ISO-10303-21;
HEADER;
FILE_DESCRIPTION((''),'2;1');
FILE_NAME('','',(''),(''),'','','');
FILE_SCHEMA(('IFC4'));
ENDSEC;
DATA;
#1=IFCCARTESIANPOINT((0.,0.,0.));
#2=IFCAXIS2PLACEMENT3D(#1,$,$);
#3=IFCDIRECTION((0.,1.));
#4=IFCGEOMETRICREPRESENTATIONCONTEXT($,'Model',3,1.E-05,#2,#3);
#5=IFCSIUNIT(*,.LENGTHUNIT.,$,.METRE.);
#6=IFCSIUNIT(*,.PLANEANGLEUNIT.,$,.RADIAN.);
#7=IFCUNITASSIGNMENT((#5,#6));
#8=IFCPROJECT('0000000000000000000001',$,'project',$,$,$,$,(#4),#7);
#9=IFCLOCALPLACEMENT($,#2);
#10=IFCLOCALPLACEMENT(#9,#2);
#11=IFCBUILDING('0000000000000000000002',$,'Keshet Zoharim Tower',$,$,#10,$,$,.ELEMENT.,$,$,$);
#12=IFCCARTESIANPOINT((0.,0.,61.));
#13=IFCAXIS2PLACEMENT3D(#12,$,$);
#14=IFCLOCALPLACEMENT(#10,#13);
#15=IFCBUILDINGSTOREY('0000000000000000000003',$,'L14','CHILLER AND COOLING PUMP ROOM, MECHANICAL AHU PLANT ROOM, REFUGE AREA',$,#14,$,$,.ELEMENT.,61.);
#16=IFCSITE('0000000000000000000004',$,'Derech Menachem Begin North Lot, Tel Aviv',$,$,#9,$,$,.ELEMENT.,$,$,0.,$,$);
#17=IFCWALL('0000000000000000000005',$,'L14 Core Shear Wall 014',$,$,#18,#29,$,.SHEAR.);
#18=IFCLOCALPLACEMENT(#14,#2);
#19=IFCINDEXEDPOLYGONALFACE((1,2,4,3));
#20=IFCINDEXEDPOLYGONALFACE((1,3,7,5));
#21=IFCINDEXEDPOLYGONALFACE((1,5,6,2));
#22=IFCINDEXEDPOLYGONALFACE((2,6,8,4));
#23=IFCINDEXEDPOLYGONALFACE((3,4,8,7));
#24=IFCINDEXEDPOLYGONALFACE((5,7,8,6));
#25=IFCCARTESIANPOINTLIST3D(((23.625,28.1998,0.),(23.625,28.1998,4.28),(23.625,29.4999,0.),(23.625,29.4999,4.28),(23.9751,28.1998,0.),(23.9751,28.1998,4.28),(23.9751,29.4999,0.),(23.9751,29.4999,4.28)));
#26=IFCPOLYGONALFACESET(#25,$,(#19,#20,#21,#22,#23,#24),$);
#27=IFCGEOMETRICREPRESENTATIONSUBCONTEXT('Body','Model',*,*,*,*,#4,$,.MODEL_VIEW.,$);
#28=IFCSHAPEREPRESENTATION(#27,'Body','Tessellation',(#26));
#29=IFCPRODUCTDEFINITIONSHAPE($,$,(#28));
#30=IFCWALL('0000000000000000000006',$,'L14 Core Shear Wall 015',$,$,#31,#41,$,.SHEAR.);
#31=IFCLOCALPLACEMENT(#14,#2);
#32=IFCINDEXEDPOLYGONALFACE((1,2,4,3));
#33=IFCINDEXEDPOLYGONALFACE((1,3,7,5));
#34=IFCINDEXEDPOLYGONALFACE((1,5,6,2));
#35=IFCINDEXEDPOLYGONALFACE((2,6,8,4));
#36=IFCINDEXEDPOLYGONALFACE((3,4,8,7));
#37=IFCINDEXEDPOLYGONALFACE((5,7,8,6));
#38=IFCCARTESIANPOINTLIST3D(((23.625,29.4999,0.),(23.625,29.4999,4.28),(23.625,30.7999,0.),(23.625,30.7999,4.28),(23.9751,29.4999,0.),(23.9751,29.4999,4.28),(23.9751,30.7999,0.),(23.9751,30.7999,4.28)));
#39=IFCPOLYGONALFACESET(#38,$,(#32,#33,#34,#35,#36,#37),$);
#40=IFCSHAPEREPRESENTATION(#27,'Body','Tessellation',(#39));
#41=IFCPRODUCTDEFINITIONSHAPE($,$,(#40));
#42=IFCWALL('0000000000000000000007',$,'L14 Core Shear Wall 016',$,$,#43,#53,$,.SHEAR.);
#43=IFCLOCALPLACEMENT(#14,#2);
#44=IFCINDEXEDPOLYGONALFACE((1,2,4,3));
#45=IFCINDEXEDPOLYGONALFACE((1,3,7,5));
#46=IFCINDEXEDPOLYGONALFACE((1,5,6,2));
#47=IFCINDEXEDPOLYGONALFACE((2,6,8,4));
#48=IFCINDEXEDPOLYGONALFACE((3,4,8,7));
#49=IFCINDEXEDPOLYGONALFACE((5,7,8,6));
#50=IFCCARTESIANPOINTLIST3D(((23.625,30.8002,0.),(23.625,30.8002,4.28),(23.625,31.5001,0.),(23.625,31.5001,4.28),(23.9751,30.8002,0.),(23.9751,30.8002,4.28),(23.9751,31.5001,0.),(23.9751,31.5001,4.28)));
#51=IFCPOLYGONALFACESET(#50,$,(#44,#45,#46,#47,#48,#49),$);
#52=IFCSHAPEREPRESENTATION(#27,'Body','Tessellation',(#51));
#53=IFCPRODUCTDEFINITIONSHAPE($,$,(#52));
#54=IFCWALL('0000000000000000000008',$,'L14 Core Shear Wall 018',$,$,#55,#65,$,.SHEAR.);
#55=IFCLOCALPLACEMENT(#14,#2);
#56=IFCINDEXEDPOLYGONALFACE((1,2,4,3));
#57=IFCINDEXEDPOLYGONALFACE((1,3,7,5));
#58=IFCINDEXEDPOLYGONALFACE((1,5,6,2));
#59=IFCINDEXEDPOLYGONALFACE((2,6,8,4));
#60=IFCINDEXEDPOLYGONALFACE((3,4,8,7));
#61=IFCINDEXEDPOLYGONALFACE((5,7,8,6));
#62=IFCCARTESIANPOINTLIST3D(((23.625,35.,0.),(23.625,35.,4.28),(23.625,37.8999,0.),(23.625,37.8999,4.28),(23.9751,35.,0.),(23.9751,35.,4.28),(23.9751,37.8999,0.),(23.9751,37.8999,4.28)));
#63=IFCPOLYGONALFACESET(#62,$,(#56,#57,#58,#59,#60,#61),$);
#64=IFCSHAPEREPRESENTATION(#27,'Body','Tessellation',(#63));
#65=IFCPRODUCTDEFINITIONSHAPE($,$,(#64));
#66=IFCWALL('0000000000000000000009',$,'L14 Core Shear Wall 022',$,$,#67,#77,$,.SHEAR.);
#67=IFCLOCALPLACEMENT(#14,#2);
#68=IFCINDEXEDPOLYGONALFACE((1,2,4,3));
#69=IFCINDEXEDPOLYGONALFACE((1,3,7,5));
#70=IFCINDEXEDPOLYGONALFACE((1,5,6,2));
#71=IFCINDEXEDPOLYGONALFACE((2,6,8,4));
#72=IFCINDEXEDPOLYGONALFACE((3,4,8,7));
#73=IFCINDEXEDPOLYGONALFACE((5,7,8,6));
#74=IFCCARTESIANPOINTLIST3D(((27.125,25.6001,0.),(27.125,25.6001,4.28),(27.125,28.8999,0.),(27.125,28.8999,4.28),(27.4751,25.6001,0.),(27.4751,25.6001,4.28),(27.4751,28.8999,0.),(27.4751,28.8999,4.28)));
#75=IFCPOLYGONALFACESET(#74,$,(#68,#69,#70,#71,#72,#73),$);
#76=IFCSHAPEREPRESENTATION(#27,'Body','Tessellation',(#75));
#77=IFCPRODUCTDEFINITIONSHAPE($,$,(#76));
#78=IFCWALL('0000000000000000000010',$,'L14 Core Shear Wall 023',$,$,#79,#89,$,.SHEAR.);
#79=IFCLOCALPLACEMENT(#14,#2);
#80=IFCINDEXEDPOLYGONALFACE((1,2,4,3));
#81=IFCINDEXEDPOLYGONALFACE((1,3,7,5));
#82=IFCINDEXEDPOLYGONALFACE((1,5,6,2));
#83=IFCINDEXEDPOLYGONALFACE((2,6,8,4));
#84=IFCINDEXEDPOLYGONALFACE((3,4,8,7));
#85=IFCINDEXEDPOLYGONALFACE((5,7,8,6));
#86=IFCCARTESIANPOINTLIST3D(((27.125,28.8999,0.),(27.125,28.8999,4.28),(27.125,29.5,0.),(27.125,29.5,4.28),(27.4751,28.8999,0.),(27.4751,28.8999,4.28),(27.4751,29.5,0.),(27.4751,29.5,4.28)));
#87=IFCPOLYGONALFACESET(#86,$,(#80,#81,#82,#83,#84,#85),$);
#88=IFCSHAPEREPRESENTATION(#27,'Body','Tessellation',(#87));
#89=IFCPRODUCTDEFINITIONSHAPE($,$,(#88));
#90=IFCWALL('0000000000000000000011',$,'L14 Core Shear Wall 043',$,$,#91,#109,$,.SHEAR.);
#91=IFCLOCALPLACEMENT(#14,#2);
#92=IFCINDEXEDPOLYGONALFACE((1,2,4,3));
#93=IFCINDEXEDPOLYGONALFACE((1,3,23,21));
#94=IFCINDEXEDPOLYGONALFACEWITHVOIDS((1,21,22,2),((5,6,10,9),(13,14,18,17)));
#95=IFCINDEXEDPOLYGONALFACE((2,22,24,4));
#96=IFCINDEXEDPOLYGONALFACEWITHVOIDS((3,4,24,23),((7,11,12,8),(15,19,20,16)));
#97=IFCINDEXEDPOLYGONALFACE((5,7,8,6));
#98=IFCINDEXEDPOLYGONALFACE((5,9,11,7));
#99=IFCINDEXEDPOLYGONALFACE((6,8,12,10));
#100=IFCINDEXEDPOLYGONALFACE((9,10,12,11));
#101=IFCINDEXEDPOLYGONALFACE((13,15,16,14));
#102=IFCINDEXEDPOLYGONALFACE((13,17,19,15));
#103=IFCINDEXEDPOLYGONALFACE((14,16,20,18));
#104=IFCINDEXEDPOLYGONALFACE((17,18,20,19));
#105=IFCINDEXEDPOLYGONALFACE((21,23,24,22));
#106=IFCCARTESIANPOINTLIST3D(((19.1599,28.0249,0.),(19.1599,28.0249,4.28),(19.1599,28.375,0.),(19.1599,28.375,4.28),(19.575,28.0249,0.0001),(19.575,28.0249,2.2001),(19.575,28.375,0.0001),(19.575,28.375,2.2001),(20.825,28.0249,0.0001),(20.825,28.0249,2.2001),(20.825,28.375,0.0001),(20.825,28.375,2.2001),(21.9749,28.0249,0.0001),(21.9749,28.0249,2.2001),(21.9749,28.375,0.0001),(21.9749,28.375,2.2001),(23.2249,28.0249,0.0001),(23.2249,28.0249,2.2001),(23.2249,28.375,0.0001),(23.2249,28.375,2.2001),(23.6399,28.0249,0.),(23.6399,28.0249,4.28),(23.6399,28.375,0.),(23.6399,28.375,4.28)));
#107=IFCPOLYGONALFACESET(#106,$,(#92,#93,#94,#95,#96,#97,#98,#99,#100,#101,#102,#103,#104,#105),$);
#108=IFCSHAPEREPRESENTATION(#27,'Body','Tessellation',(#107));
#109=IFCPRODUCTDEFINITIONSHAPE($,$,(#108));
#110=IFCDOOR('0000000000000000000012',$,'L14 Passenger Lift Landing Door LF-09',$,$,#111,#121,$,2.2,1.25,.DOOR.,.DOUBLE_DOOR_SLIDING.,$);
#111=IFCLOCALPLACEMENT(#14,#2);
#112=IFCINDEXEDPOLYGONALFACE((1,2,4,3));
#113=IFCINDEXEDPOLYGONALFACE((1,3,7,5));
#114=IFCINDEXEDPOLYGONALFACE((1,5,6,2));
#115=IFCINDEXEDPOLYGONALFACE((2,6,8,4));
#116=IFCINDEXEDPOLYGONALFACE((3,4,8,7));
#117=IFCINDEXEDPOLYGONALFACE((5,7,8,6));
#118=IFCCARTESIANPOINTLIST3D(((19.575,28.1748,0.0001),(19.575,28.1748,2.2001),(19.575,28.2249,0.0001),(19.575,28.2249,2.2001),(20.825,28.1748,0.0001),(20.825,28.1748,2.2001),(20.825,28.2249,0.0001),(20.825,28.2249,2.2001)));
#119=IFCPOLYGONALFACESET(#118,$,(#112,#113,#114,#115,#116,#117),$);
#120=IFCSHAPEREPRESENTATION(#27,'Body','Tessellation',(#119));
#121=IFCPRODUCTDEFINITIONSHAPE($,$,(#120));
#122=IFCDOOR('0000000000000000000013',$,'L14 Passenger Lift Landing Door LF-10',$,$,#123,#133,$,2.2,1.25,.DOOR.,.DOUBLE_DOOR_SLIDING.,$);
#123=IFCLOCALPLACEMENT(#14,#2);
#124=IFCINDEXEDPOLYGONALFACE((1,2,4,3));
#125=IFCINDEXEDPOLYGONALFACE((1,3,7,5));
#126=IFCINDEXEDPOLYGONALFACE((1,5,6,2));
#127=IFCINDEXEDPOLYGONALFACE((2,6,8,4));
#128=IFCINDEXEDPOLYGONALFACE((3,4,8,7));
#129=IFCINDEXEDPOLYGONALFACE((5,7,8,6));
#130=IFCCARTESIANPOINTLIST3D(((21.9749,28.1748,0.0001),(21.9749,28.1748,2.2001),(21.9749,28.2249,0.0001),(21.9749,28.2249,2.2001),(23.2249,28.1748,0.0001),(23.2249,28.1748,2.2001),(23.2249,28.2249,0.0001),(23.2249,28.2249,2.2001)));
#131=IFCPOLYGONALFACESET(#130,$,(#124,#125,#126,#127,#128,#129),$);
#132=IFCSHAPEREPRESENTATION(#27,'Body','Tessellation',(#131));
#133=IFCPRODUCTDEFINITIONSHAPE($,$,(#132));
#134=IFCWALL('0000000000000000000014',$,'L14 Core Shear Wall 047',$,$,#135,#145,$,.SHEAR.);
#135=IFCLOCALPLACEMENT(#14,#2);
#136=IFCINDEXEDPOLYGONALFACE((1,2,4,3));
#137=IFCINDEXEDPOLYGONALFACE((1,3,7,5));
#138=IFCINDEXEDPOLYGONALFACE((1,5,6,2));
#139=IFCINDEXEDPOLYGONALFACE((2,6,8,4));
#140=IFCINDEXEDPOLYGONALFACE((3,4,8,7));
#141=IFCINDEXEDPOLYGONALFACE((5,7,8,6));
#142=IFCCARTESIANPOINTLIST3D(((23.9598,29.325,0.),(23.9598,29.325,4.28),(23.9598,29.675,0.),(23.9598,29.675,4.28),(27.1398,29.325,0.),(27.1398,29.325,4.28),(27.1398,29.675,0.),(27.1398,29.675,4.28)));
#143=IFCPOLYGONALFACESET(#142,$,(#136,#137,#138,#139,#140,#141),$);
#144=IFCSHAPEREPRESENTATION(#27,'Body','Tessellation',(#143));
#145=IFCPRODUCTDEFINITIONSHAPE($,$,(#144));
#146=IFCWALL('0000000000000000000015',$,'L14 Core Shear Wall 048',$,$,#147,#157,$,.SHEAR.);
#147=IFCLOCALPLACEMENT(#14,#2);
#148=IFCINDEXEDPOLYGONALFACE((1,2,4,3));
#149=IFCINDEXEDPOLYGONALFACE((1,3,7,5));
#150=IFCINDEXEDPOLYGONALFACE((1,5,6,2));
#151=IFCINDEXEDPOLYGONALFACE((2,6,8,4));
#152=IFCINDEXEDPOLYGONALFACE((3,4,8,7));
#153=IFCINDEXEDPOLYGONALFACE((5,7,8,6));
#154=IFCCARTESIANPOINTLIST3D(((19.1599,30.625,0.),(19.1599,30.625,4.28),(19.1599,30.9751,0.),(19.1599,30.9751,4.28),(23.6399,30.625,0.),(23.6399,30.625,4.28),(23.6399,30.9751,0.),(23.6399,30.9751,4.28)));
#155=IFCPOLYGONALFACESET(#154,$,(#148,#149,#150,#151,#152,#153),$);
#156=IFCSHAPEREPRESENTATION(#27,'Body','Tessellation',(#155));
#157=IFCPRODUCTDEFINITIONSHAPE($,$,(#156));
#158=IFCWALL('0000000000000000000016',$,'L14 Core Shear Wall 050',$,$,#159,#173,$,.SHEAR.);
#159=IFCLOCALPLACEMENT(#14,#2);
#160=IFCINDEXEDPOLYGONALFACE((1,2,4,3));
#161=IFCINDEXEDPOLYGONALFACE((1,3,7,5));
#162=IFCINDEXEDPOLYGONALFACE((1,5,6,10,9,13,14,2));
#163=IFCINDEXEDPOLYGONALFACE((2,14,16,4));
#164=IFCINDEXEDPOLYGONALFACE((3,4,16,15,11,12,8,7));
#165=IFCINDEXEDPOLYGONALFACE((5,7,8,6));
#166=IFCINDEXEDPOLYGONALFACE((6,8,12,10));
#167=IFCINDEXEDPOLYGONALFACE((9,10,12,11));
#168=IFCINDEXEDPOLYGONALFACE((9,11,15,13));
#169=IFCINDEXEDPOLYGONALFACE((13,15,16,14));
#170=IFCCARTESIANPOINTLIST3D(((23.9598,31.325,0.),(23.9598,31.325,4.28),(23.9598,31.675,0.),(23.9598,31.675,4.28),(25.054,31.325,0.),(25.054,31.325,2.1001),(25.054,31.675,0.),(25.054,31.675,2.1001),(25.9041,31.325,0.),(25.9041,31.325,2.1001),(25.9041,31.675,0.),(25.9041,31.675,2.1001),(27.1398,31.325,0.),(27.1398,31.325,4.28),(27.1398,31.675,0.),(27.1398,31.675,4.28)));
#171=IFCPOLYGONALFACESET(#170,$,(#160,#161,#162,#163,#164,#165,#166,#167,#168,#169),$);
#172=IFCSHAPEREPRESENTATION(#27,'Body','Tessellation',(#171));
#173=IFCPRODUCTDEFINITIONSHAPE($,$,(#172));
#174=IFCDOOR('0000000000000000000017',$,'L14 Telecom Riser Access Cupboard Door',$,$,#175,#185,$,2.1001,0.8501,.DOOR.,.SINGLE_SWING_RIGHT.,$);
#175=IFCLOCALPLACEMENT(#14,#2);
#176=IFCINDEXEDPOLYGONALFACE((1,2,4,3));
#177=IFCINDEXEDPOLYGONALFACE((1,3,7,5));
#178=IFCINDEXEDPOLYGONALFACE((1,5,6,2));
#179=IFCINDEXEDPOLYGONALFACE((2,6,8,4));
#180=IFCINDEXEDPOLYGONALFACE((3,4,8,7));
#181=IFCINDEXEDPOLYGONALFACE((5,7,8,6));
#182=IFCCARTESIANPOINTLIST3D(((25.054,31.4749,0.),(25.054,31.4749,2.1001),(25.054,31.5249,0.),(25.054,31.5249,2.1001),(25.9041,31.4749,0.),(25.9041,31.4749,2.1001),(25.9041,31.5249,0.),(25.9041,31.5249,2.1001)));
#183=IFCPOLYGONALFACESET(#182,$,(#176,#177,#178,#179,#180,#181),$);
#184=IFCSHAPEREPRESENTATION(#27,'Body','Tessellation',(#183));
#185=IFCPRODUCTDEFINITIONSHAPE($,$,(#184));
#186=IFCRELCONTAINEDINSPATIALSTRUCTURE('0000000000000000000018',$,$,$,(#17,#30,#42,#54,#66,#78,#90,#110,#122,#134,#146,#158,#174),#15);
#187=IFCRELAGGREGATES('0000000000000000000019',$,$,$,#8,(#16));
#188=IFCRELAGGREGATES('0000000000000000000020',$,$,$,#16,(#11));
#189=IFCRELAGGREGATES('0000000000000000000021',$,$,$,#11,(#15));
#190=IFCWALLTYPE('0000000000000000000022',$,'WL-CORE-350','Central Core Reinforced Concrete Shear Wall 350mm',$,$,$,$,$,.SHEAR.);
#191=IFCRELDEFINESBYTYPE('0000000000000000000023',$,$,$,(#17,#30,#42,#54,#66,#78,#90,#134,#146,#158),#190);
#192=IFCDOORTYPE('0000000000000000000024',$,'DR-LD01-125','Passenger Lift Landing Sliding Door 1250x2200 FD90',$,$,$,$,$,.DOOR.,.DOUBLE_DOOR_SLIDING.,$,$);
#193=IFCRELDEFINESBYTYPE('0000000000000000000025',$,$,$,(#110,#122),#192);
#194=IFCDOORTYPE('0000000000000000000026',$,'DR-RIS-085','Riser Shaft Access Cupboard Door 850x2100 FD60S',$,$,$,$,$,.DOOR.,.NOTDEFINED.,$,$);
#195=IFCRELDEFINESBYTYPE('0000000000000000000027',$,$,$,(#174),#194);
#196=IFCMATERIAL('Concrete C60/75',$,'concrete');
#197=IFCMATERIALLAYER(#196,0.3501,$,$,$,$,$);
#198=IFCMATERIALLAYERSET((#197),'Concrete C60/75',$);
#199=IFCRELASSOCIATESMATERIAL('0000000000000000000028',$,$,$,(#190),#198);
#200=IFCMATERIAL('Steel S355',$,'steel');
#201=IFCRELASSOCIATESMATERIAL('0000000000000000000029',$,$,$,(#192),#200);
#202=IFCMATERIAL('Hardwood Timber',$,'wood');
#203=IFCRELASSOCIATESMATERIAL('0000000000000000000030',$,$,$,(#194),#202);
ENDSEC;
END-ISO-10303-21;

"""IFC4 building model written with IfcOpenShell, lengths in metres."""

from ifc_helpers import new_model, si_unit, direction, frame, frame_2d, origin, place, context, subcontext, project, spatial, rectangle, extrude, material, layer, layer_set, type_object, element, fill, save


model = new_model("IFC4")

# Units and contexts
model_context = context("Model", 3, precision=1e-05, world=origin(), true_north=direction((0.0, 1.0)))
body_context = subcontext(model_context, "Body", "Model", "MODEL_VIEW")
ifc_project = project(units=[si_unit("LENGTHUNIT", "METRE"), si_unit("PLANEANGLEUNIT", "RADIAN")], contexts=[model_context])

# Site, building, storey
site_placement = place(None, origin())
site = spatial("IfcSite", under=ifc_project, at=site_placement, Name="Derech Menachem Begin North Lot, Tel Aviv", CompositionType="ELEMENT", RefElevation=0.0)
building_placement = place(site_placement, origin())
building = spatial("IfcBuilding", under=site, at=building_placement, Name="Keshet Zoharim Tower", CompositionType="ELEMENT")
storey_placement = place(building_placement, frame((0.0, 0.0, 61.0)))
storey = spatial("IfcBuildingStorey", under=building, at=storey_placement, Name="L14", Description="CHILLER AND COOLING PUMP ROOM, MECHANICAL AHU PLANT ROOM, REFUGE AREA", CompositionType="ELEMENT", Elevation=61.0)

# Walls
ifc_material_1 = material(Name="Concrete C60/75", Category="concrete")
ifc_layer_1 = layer(ifc_material_1, 0.3501)
ifc_layer_set_1 = layer_set([ifc_layer_1], Name="Concrete C60/75")
wall_type_1 = type_object("IfcWallType", Name="WL-CORE-350", Description="Central Core Reinforced Concrete Shear Wall 350mm", PredefinedType="SHEAR", material=ifc_layer_set_1)
for number, where, z_axis, x_axis, name in (
    (1, (23.8, 28.2, 0.0), (0.0, 0.0, 1.0), (0.0, 1.0, 0.0), "L14 Core Shear Wall 014"),
    (2, (23.8, 29.5, 0.0), (0.0, 0.0, 1.0), (0.0, 1.0, 0.0), "L14 Core Shear Wall 015"),
):
    element("IfcWall", number, at=place(storey_placement, frame(where, z_axis=z_axis, x_axis=x_axis)), inside=storey, type_object=wall_type_1, Name=name, PredefinedType="SHEAR", context=body_context, shape_type="SweptSolid", body=[
        extrude(rectangle(XDim=1.3, YDim=0.3501, at=frame_2d((0.6499, 0.0))), origin(), (0.0, 0.0, 1.0), 4.28),
    ])
wall_1_placement = place(storey_placement, frame((23.8, 30.8, 0.0), z_axis=(0.0, 0.0, 1.0), x_axis=(0.0, 1.0, 0.0)))
element("IfcWall", 3, at=wall_1_placement, inside=storey, type_object=wall_type_1, Name="L14 Core Shear Wall 016", PredefinedType="SHEAR", context=body_context, shape_type="SweptSolid", body=[
    extrude(rectangle(XDim=0.7, YDim=0.3501, at=frame_2d((0.3501, 0.0))), origin(), (0.0, 0.0, 1.0), 4.28),
])

# Shared definitions
ifc_material_2 = material(Name="Hardwood Timber", Category="wood")

# Walls
wall_2_placement = place(storey_placement, frame((23.8, 35.0, 0.0), z_axis=(0.0, 0.0, 1.0), x_axis=(0.0, 1.0, 0.0)))
element("IfcWall", 4, at=wall_2_placement, inside=storey, type_object=wall_type_1, Name="L14 Core Shear Wall 018", PredefinedType="SHEAR", context=body_context, shape_type="SweptSolid", body=[
    extrude(rectangle(XDim=2.8999, YDim=0.3501, at=frame_2d((1.45, 0.0))), origin(), (0.0, 0.0, 1.0), 4.28),
])
wall_3_placement = place(storey_placement, frame((27.3, 25.6001, 0.0), z_axis=(0.0, 0.0, 1.0), x_axis=(0.0, 1.0, 0.0)))
element("IfcWall", 5, at=wall_3_placement, inside=storey, type_object=wall_type_1, Name="L14 Core Shear Wall 022", PredefinedType="SHEAR", context=body_context, shape_type="SweptSolid", body=[
    extrude(rectangle(XDim=3.2998, YDim=0.3501, at=frame_2d((1.6499, 0.0))), origin(), (0.0, 0.0, 1.0), 4.28),
])
wall_4_placement = place(storey_placement, frame((27.3, 28.8999, 0.0), z_axis=(0.0, 0.0, 1.0), x_axis=(0.0, 1.0, 0.0)))
element("IfcWall", 6, at=wall_4_placement, inside=storey, type_object=wall_type_1, Name="L14 Core Shear Wall 023", PredefinedType="SHEAR", context=body_context, shape_type="SweptSolid", body=[
    extrude(rectangle(XDim=0.6001, YDim=0.3501, at=frame_2d((0.3, 0.0))), origin(), (0.0, 0.0, 1.0), 4.28),
])

# Wall, openings, doors
wall_5_placement = place(storey_placement, frame((19.1599, 28.2, 0.0), z_axis=(0.0, 0.0, 1.0), x_axis=(1.0, 0.0, 0.0)))
wall_5 = element("IfcWall", 7, at=wall_5_placement, inside=storey, type_object=wall_type_1, Name="L14 Core Shear Wall 043", PredefinedType="SHEAR", context=body_context, shape_type="SweptSolid", body=[
    extrude(rectangle(XDim=4.48, YDim=0.3501, at=frame_2d((2.24, 0.0))), origin(), (0.0, 0.0, 1.0), 4.28),
])
opening_1_placement = place(wall_5_placement, frame((0.415, 0.0, 0.0)))
opening_1 = element("IfcOpeningElement", 8, at=opening_1_placement, cuts=wall_5, PredefinedType="OPENING", context=body_context, shape_type="SweptSolid", body=[
    extrude(rectangle(XDim=1.25, YDim=2.2, at=frame_2d((0.625, 1.1001))), frame((0.0, 0.1851, 0.0), z_axis=(0.0, -1.0, 0.0), x_axis=(1.0, 0.0, 0.0)), (0.0, 0.0, 1.0), 0.3701),
])
opening_2_placement = place(wall_5_placement, frame((2.8149, 0.0, 0.0)))
opening_2 = element("IfcOpeningElement", 9, at=opening_2_placement, cuts=wall_5, PredefinedType="OPENING", context=body_context, shape_type="SweptSolid", body=[
    extrude(rectangle(XDim=1.25, YDim=2.2, at=frame_2d((0.625, 1.1001))), frame((0.0, 0.1851, 0.0), z_axis=(0.0, -1.0, 0.0), x_axis=(1.0, 0.0, 0.0)), (0.0, 0.0, 1.0), 0.3701),
])
ifc_material_3 = material(Name="Steel S355", Category="steel")
door_type_1 = type_object("IfcDoorType", Name="DR-LD01-125", Description="Passenger Lift Landing Sliding Door 1250x2200 FD90", OperationType="DOUBLE_DOOR_SLIDING", PredefinedType="DOOR", material=ifc_material_3)
door_1_placement = place(opening_1_placement, origin())
door_1 = element("IfcDoor", 10, at=door_1_placement, inside=storey, type_object=door_type_1, Name="L14 Passenger Lift Landing Door LF-09", OperationType="DOUBLE_DOOR_SLIDING", OverallHeight=2.2, OverallWidth=1.25, PredefinedType="DOOR", context=body_context, shape_type="SweptSolid", body=[
    extrude(rectangle(XDim=1.25, YDim=2.2, at=frame_2d((0.625, 1.1001))), frame((0.0, 0.0249, 0.0), z_axis=(0.0, -1.0, 0.0), x_axis=(1.0, 0.0, 0.0)), (0.0, 0.0, 1.0), 0.05),
])
fill(opening_1, door_1)
door_2_placement = place(opening_2_placement, origin())
door_2 = element("IfcDoor", 11, at=door_2_placement, inside=storey, type_object=door_type_1, Name="L14 Passenger Lift Landing Door LF-10", OperationType="DOUBLE_DOOR_SLIDING", OverallHeight=2.2, OverallWidth=1.25, PredefinedType="DOOR", context=body_context, shape_type="SweptSolid", body=[
    extrude(rectangle(XDim=1.25, YDim=2.2, at=frame_2d((0.625, 1.1001))), frame((0.0, 0.0249, 0.0), z_axis=(0.0, -1.0, 0.0), x_axis=(1.0, 0.0, 0.0)), (0.0, 0.0, 1.0), 0.05),
])
fill(opening_2, door_2)

# Walls
wall_6_placement = place(storey_placement, frame((23.96, 29.5, 0.0), z_axis=(0.0, 0.0, 1.0), x_axis=(1.0, 0.0, 0.0)))
element("IfcWall", 12, at=wall_6_placement, inside=storey, type_object=wall_type_1, Name="L14 Core Shear Wall 047", PredefinedType="SHEAR", context=body_context, shape_type="SweptSolid", body=[
    extrude(rectangle(XDim=3.1799, YDim=0.3501, at=frame_2d((1.5898, 0.0))), origin(), (0.0, 0.0, 1.0), 4.28),
])
wall_7_placement = place(storey_placement, frame((19.1599, 30.8, 0.0), z_axis=(0.0, 0.0, 1.0), x_axis=(1.0, 0.0, 0.0)))
element("IfcWall", 13, at=wall_7_placement, inside=storey, type_object=wall_type_1, Name="L14 Core Shear Wall 048", PredefinedType="SHEAR", context=body_context, shape_type="SweptSolid", body=[
    extrude(rectangle(XDim=4.48, YDim=0.3501, at=frame_2d((2.24, 0.0))), origin(), (0.0, 0.0, 1.0), 4.28),
])

# Wall, opening, door
wall_8_placement = place(storey_placement, frame((23.96, 31.5, 0.0), z_axis=(0.0, 0.0, 1.0), x_axis=(1.0, 0.0, 0.0)))
wall_8 = element("IfcWall", 14, at=wall_8_placement, inside=storey, type_object=wall_type_1, Name="L14 Core Shear Wall 050", PredefinedType="SHEAR", context=body_context, shape_type="SweptSolid", body=[
    extrude(rectangle(XDim=3.1799, YDim=0.3501, at=frame_2d((1.5898, 0.0))), origin(), (0.0, 0.0, 1.0), 4.28),
])
opening_3_placement = place(wall_8_placement, frame((1.094, 0.0, 0.0)))
opening_3 = element("IfcOpeningElement", 15, at=opening_3_placement, cuts=wall_8, PredefinedType="OPENING", context=body_context, shape_type="SweptSolid", body=[
    extrude(rectangle(XDim=0.8501, YDim=2.1001, at=frame_2d((0.425, 1.05))), frame((0.0, 0.1851, 0.0), z_axis=(0.0, -1.0, 0.0), x_axis=(1.0, 0.0, 0.0)), (0.0, 0.0, 1.0), 0.3701),
])
door_type_2 = type_object("IfcDoorType", Name="DR-RIS-085", Description="Riser Shaft Access Cupboard Door 850x2100 FD60S", OperationType="NOTDEFINED", PredefinedType="DOOR", material=ifc_material_2)
door_3_placement = place(opening_3_placement, origin())
door_3 = element("IfcDoor", 16, at=door_3_placement, inside=storey, type_object=door_type_2, Name="L14 Telecom Riser Access Cupboard Door", OperationType="SINGLE_SWING_RIGHT", OverallHeight=2.1001, OverallWidth=0.8501, PredefinedType="DOOR", context=body_context, shape_type="SweptSolid", body=[
    extrude(rectangle(XDim=0.8501, YDim=2.1001, at=frame_2d((0.425, 1.05))), frame((0.0, 0.0249, 0.0), z_axis=(0.0, -1.0, 0.0), x_axis=(1.0, 0.0, 0.0)), (0.0, 0.0, 1.0), 0.05),
])
fill(opening_3, door_3)

save(model, "model.ifc")
